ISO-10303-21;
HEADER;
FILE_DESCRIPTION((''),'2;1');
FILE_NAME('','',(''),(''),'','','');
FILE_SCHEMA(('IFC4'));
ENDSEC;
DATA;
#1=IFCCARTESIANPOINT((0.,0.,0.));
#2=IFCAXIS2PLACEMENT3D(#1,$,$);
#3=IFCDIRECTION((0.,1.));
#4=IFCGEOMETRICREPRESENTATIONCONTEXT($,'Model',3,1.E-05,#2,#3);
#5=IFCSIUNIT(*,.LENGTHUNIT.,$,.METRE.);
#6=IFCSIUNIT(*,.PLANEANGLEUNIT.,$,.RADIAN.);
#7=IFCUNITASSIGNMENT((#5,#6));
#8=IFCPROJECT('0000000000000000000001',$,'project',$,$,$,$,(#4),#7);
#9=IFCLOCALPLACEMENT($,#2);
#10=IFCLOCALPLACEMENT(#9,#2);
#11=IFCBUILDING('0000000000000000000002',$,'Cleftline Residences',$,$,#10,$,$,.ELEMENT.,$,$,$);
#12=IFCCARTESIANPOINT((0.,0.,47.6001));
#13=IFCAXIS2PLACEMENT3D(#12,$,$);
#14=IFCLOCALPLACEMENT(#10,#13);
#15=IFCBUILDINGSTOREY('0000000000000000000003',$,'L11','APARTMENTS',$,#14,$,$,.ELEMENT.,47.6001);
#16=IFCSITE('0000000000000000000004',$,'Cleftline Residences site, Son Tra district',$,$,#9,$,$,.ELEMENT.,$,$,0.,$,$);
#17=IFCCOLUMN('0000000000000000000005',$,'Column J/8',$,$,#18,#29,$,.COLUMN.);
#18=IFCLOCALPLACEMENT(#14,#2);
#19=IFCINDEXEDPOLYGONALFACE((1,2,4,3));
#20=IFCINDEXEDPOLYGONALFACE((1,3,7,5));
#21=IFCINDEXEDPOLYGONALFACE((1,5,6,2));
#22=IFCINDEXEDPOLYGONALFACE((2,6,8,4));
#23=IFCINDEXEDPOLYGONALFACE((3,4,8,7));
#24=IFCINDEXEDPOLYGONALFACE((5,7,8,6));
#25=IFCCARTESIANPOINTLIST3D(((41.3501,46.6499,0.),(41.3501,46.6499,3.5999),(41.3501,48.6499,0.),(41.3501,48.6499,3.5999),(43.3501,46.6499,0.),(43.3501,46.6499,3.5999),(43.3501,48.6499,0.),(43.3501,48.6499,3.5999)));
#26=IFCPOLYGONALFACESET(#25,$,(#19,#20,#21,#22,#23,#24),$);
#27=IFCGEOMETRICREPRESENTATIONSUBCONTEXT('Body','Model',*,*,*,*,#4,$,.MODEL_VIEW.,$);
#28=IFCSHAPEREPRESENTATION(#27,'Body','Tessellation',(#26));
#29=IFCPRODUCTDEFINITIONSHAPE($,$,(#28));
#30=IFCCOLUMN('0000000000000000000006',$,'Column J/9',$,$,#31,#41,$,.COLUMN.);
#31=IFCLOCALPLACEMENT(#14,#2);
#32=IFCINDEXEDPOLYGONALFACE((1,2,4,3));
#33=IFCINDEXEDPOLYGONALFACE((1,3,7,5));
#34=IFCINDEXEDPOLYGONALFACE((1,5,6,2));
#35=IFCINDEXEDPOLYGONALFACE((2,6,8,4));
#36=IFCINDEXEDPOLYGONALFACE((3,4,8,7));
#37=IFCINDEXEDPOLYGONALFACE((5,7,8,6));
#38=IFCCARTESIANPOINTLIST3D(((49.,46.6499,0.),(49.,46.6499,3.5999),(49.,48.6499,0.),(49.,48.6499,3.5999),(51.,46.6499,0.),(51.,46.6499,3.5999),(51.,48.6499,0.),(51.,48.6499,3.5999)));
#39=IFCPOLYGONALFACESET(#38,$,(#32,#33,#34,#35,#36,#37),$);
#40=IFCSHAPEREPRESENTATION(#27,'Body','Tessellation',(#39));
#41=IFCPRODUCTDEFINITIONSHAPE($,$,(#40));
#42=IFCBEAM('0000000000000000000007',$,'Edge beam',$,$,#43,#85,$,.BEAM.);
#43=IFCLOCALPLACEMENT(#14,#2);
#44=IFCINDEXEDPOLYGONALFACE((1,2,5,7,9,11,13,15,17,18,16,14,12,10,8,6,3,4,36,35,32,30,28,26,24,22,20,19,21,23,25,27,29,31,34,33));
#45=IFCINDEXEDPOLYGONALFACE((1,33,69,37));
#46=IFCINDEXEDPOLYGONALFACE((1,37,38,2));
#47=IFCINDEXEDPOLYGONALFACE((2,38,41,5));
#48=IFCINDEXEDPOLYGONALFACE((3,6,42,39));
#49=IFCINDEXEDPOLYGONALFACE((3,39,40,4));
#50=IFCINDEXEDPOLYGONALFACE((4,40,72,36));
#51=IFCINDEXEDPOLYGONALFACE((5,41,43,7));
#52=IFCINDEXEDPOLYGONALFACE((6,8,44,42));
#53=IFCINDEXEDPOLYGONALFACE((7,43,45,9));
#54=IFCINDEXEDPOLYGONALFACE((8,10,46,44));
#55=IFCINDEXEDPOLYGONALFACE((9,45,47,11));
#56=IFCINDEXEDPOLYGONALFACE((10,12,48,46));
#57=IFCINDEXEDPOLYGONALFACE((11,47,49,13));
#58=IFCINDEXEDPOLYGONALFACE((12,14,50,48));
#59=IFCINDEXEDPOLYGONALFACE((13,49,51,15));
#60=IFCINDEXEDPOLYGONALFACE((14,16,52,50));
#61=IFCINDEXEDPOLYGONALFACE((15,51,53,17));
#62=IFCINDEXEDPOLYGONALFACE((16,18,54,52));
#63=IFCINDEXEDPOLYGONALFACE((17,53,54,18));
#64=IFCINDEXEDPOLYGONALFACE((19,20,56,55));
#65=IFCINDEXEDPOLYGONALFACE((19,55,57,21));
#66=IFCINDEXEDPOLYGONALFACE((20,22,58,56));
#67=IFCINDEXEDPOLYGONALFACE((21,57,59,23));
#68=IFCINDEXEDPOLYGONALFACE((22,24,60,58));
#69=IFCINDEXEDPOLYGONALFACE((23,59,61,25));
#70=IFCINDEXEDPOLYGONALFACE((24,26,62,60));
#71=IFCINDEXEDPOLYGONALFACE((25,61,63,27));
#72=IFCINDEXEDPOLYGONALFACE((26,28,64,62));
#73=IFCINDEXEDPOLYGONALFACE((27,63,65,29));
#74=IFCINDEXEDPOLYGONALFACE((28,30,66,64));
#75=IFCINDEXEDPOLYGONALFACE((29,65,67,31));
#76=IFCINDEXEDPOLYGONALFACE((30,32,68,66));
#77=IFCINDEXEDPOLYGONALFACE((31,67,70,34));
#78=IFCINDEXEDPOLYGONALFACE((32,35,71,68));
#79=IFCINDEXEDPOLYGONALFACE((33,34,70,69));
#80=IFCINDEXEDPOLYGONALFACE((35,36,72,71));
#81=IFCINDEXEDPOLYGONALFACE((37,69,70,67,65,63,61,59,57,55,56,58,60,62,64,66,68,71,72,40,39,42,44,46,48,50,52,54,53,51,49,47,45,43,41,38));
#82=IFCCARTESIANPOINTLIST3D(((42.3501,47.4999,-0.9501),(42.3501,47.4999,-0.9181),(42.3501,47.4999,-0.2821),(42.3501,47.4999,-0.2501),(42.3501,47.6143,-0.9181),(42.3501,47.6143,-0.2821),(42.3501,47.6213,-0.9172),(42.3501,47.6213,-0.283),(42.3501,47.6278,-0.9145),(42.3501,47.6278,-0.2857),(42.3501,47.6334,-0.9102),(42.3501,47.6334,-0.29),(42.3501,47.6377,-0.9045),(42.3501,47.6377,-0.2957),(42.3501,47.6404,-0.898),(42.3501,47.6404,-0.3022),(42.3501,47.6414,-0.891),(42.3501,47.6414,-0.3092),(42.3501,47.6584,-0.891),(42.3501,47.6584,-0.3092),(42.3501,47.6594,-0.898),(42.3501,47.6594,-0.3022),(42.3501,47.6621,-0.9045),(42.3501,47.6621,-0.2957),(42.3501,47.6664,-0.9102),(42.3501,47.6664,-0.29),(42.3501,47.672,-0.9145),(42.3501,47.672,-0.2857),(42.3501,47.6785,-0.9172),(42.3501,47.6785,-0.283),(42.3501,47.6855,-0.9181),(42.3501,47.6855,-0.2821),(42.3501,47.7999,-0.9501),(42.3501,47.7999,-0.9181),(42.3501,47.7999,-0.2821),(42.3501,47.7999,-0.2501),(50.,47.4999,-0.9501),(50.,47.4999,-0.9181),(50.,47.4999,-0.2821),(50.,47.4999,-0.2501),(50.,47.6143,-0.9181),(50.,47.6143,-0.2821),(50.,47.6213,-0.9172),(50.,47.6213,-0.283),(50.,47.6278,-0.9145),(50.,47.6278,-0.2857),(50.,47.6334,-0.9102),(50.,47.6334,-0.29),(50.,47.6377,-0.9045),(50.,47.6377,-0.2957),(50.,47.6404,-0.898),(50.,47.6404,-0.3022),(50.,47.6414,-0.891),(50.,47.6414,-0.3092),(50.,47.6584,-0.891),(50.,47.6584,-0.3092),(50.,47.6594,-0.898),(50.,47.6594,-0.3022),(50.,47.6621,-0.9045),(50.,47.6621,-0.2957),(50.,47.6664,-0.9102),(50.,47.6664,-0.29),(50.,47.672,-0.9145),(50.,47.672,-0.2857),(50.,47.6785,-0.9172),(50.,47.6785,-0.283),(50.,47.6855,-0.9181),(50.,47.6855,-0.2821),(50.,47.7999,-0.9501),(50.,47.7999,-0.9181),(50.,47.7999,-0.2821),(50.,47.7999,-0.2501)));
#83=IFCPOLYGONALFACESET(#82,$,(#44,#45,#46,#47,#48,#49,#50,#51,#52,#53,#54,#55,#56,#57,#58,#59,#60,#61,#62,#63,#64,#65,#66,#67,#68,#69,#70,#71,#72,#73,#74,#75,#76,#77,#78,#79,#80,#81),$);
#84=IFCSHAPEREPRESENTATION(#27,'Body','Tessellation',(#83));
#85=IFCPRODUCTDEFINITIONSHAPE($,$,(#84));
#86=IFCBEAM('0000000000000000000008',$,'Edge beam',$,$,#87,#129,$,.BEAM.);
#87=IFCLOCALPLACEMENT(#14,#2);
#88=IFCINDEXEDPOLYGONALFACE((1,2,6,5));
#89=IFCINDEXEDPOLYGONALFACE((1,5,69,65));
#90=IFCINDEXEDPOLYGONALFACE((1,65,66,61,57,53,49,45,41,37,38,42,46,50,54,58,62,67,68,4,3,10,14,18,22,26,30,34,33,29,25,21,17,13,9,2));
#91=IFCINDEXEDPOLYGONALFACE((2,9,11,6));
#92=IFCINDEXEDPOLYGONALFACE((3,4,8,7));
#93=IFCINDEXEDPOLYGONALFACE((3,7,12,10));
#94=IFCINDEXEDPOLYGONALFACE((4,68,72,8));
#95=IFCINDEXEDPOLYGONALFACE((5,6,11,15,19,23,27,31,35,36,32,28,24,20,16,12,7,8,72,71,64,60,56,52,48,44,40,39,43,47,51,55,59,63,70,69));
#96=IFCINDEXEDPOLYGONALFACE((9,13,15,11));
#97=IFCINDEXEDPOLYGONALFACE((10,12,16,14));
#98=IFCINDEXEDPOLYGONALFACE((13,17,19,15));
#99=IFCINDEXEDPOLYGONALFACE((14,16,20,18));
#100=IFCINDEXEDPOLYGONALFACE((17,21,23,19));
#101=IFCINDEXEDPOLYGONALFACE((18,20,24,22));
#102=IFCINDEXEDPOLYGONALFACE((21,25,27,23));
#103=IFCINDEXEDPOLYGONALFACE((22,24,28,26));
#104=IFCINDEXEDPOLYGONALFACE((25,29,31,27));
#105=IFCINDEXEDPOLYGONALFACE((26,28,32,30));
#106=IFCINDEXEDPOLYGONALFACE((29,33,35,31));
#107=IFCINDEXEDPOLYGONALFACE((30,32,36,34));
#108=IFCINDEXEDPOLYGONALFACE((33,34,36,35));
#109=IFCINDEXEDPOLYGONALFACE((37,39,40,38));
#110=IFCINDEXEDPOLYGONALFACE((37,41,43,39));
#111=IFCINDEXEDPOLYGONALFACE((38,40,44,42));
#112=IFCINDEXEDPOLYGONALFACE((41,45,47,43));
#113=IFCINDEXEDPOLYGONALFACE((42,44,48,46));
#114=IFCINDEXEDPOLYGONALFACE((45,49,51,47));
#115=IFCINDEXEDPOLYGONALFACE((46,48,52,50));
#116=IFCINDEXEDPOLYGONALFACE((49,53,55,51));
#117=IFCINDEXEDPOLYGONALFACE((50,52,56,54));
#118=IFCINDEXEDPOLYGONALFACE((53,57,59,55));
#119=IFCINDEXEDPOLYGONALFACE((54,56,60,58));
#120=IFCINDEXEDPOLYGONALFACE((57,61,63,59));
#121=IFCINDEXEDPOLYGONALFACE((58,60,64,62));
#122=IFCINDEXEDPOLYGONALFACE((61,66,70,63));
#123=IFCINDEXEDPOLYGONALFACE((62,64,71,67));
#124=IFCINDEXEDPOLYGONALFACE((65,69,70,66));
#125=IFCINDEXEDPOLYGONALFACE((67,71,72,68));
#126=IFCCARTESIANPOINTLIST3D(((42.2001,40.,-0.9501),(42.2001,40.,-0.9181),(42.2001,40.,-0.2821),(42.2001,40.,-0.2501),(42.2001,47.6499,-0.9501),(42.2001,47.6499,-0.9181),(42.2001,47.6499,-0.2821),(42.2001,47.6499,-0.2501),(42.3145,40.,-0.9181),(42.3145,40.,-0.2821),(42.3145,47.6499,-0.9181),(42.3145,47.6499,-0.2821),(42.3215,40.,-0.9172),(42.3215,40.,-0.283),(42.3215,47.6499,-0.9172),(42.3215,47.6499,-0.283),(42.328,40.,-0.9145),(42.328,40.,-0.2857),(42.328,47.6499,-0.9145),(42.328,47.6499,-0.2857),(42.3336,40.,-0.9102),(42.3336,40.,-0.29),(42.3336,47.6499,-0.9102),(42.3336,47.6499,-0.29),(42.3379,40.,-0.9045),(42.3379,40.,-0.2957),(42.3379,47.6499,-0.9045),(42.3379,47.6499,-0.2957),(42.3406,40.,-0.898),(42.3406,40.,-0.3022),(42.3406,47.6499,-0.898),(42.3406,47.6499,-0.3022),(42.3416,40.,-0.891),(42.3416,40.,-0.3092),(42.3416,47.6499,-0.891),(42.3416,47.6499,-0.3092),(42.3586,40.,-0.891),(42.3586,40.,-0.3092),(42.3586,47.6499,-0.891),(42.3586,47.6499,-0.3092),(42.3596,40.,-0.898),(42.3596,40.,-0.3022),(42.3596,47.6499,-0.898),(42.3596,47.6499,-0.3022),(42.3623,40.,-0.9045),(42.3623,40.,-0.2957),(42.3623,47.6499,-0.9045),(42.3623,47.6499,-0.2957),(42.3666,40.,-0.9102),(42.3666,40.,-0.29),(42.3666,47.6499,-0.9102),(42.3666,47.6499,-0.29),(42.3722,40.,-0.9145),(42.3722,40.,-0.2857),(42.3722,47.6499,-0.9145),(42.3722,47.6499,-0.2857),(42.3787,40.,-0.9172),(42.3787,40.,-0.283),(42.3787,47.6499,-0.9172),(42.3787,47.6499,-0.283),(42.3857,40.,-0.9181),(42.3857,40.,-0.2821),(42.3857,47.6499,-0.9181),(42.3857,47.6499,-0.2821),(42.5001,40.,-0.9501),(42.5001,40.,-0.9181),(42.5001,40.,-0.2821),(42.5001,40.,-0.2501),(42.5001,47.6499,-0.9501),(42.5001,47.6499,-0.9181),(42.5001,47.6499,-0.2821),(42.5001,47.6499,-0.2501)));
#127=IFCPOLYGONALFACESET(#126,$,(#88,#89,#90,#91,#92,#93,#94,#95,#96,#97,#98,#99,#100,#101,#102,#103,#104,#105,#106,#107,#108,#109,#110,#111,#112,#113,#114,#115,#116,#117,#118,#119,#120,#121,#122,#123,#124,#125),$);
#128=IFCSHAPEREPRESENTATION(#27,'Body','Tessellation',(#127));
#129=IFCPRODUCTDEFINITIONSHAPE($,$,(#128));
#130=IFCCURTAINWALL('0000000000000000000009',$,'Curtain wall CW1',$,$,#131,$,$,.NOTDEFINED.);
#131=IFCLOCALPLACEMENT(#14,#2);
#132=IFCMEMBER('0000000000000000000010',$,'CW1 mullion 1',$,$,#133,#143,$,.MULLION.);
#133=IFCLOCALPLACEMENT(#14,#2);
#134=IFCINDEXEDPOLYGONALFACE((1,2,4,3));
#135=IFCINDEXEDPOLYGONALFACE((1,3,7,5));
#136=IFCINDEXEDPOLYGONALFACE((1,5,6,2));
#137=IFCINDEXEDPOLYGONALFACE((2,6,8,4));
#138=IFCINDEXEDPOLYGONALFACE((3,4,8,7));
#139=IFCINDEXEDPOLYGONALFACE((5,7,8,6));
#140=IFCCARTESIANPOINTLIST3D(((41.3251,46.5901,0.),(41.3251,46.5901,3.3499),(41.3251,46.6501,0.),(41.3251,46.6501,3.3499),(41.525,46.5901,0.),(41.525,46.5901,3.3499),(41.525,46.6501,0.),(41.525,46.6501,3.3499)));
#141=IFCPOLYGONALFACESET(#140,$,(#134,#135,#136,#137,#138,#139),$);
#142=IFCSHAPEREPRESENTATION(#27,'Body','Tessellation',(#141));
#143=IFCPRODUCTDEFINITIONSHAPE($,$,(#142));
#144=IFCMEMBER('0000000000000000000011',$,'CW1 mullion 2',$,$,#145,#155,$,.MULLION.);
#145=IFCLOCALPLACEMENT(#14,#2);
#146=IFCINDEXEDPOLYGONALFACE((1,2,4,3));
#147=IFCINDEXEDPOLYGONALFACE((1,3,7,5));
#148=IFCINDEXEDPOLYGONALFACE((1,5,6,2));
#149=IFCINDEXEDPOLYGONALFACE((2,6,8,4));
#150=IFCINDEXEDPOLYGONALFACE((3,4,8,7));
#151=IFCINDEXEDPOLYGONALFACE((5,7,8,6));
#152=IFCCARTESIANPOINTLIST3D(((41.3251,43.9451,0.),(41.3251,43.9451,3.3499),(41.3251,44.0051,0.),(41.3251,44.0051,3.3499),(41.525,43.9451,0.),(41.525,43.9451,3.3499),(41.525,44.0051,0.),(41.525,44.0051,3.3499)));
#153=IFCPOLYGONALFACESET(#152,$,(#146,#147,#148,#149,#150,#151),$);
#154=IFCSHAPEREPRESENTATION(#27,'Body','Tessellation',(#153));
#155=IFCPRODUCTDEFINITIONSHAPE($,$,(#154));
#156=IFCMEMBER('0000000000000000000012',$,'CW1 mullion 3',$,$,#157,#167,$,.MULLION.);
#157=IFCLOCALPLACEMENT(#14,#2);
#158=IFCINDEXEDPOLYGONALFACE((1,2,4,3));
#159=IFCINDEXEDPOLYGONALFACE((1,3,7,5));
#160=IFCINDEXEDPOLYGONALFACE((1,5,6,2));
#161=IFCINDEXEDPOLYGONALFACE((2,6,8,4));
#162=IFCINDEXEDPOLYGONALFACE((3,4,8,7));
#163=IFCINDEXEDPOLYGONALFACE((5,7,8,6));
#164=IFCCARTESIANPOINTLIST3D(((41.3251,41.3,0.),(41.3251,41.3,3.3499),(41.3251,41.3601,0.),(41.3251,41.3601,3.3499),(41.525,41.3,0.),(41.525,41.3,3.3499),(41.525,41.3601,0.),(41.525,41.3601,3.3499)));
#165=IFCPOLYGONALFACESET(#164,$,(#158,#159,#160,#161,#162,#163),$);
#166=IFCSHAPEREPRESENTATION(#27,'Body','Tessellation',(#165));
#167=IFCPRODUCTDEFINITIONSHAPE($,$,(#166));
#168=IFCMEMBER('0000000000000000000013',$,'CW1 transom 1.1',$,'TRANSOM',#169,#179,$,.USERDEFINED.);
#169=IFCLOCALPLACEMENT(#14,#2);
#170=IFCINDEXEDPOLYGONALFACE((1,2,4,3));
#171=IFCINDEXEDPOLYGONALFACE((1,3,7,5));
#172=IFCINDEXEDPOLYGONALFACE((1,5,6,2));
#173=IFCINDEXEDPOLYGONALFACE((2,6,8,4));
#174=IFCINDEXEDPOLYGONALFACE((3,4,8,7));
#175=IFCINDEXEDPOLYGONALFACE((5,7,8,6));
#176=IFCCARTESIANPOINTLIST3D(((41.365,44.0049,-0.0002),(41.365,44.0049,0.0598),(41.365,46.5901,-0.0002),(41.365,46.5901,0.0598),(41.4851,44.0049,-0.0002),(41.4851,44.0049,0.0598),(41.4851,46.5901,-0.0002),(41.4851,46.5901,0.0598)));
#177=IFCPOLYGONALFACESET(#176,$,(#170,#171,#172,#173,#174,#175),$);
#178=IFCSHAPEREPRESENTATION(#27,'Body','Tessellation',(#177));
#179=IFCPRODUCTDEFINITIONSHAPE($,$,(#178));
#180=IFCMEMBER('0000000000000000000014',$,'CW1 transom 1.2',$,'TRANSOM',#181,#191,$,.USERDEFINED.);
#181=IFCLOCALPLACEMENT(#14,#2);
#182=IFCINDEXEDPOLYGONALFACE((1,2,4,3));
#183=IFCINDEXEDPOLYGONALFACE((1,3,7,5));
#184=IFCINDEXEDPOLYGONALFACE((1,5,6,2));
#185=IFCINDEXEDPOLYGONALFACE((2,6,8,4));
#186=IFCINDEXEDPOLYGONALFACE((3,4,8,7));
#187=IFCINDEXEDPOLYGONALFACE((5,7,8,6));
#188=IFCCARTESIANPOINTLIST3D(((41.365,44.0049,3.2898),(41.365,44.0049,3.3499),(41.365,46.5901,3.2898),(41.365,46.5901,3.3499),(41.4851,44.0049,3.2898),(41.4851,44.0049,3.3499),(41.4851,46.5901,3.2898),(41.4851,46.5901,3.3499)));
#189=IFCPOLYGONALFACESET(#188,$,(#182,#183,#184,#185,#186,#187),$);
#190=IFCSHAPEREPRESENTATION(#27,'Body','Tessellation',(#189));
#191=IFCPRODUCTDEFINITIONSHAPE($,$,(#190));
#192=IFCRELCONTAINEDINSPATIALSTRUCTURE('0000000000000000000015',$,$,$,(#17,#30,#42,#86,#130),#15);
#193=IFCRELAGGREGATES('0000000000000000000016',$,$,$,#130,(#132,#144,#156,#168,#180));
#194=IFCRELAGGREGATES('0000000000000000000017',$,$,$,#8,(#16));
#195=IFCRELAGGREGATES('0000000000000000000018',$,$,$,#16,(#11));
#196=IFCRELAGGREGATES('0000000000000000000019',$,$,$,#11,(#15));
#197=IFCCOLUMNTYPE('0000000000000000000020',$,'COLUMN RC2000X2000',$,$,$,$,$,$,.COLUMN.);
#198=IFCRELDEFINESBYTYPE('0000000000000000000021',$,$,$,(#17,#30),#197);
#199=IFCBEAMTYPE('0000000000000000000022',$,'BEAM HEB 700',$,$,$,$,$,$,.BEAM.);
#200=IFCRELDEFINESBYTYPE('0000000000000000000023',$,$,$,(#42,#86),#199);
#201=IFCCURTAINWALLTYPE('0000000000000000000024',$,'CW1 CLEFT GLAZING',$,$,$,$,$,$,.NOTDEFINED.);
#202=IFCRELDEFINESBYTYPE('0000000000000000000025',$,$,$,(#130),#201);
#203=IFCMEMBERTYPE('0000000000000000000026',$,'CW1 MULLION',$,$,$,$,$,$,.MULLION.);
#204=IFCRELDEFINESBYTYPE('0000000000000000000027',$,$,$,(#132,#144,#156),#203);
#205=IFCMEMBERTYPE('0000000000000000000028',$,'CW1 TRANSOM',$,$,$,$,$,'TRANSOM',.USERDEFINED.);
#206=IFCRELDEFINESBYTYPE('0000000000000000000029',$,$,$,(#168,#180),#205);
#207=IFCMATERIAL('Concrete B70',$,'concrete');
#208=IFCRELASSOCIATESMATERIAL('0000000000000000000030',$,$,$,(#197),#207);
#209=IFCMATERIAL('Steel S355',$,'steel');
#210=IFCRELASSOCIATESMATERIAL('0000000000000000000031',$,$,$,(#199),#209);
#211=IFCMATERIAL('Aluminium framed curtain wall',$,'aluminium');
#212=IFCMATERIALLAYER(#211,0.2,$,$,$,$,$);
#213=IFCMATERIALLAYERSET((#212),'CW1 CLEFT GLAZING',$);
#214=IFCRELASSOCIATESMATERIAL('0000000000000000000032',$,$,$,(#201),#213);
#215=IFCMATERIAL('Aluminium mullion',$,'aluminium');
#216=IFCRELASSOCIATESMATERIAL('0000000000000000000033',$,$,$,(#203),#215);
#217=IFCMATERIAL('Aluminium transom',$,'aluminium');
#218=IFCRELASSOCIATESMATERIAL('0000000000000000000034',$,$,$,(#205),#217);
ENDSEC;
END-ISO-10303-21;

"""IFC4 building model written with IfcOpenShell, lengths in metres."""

from ifc_helpers import new_model, si_unit, direction, frame, origin, origin_2d, place, context, subcontext, project, spatial, rectangle, i_section, extrude, material, layer, layer_set, material_profile, profile_set, type_object, element, aggregate, save


model = new_model("IFC4")

# Units and contexts
model_context = context("Model", 3, precision=1e-05, world=origin(), true_north=direction((0.0, 1.0)))
body_context = subcontext(model_context, "Body", "Model", "MODEL_VIEW")
ifc_project = project(units=[si_unit("LENGTHUNIT", "METRE"), si_unit("PLANEANGLEUNIT", "RADIAN")], contexts=[model_context])

# Site, building, storey
site_placement = place(None, origin())
site = spatial("IfcSite", under=ifc_project, at=site_placement, Name="Cleftline Residences site, Son Tra district", CompositionType="ELEMENT", RefElevation=0.0)
building_placement = place(site_placement, origin())
building = spatial("IfcBuilding", under=site, at=building_placement, Name="Cleftline Residences", CompositionType="ELEMENT")
storey_placement = place(building_placement, frame((0.0, 0.0, 47.6001)))
storey = spatial("IfcBuildingStorey", under=building, at=storey_placement, Name="L11", Description="APARTMENTS", CompositionType="ELEMENT", Elevation=47.6001)

# Columns
ifc_material_1 = material(Name="Concrete B70", Category="concrete")
ifc_material_profile_1 = material_profile(ifc_material_1, rectangle(XDim=2.0, YDim=2.0, at=origin_2d()))
ifc_profile_set_1 = profile_set([ifc_material_profile_1], Name="Concrete B70")
column_type = type_object("IfcColumnType", Name="COLUMN RC2000X2000", PredefinedType="COLUMN", material=ifc_profile_set_1)
for number, where, z_axis, x_axis, name in (
    (1, (42.3501, 47.6499, 0.0), (0.0, 0.0, 1.0), (1.0, 0.0, 0.0), "Column J/8"),
    (2, (50.0, 47.6499, 0.0), (0.0, 0.0, 1.0), (1.0, 0.0, 0.0), "Column J/9"),
):
    element("IfcColumn", number, at=place(storey_placement, frame(where, z_axis=z_axis, x_axis=x_axis)), inside=storey, type_object=column_type, Name=name, PredefinedType="COLUMN", context=body_context, shape_type="SweptSolid", body=[
        extrude(rectangle(XDim=2.0, YDim=2.0, at=origin_2d()), origin(), (0.0, 0.0, 1.0), 3.5999),
    ])

# Beams
ifc_material_2 = material(Name="Steel S355", Category="steel")
ifc_material_profile_2 = material_profile(ifc_material_2, i_section(OverallWidth=0.3, OverallDepth=0.7, WebThickness=0.0171, FlangeThickness=0.032, FilletRadius=0.0271, at=origin_2d()))
ifc_profile_set_2 = profile_set([ifc_material_profile_2], Name="Steel S355")
beam_type = type_object("IfcBeamType", Name="BEAM HEB 700", PredefinedType="BEAM", material=ifc_profile_set_2)
for number, where, z_axis, x_axis, name in (
    (3, (50.0, 47.6499, -0.6001), (-1.0, 0.0, 0.0), (0.0, -1.0, 0.0), "Edge beam"),
    (4, (42.3501, 47.6499, -0.6001), (0.0, -1.0, 0.0), (1.0, 0.0, 0.0), "Edge beam"),
):
    element("IfcBeam", number, at=place(storey_placement, frame(where, z_axis=z_axis, x_axis=x_axis)), inside=storey, type_object=beam_type, Name=name, PredefinedType="BEAM", context=body_context, shape_type="SweptSolid", body=[
        extrude(i_section(OverallWidth=0.3, OverallDepth=0.7, WebThickness=0.0171, FlangeThickness=0.032, FilletRadius=0.0271, at=origin_2d()), origin(), (0.0, 0.0, 1.0), 7.6499),
    ])

# Curtain wall, members
ifc_material_3 = material(Name="Aluminium framed curtain wall", Category="aluminium")
ifc_layer_1 = layer(ifc_material_3, 0.2)
ifc_layer_set_1 = layer_set([ifc_layer_1], Name="CW1 CLEFT GLAZING")
curtain_wall_type = type_object("IfcCurtainWallType", Name="CW1 CLEFT GLAZING", PredefinedType="NOTDEFINED", material=ifc_layer_set_1)
curtain_wall_placement = place(storey_placement, origin())
curtain_wall = element("IfcCurtainWall", 5, at=curtain_wall_placement, inside=storey, type_object=curtain_wall_type, Name="Curtain wall CW1", PredefinedType="NOTDEFINED")
ifc_material_4 = material(Name="Aluminium mullion", Category="aluminium")
ifc_material_profile_3 = material_profile(ifc_material_4, rectangle(XDim=0.2, YDim=0.0601, at=origin_2d()))
ifc_profile_set_3 = profile_set([ifc_material_profile_3], Name="Aluminium mullion")
member_type_1 = type_object("IfcMemberType", Name="CW1 MULLION", PredefinedType="MULLION", material=ifc_profile_set_3)
member_1_placement = place(storey_placement, frame((41.425, 46.6201, 0.0), z_axis=(0.0, 0.0, 1.0), x_axis=(1.0, 0.0, 0.0)))
member_1 = element("IfcMember", 6, at=member_1_placement, type_object=member_type_1, Name="CW1 mullion 1", PredefinedType="MULLION", context=body_context, shape_type="SweptSolid", body=[
    extrude(rectangle(XDim=0.2, YDim=0.0601, at=origin_2d()), origin(), (0.0, 0.0, 1.0), 3.3499),
])
member_2_placement = place(storey_placement, frame((41.425, 43.9751, 0.0), z_axis=(0.0, 0.0, 1.0), x_axis=(1.0, 0.0, 0.0)))
member_2 = element("IfcMember", 7, at=member_2_placement, type_object=member_type_1, Name="CW1 mullion 2", PredefinedType="MULLION", context=body_context, shape_type="SweptSolid", body=[
    extrude(rectangle(XDim=0.2, YDim=0.0601, at=origin_2d()), origin(), (0.0, 0.0, 1.0), 3.3499),
])
member_3_placement = place(storey_placement, frame((41.425, 41.3301, 0.0), z_axis=(0.0, 0.0, 1.0), x_axis=(1.0, 0.0, 0.0)))
member_3 = element("IfcMember", 8, at=member_3_placement, type_object=member_type_1, Name="CW1 mullion 3", PredefinedType="MULLION", context=body_context, shape_type="SweptSolid", body=[
    extrude(rectangle(XDim=0.2, YDim=0.0601, at=origin_2d()), origin(), (0.0, 0.0, 1.0), 3.3499),
])
ifc_material_5 = material(Name="Aluminium transom", Category="aluminium")
ifc_material_profile_4 = material_profile(ifc_material_5, rectangle(XDim=0.1201, YDim=0.0601, at=origin_2d()))
ifc_profile_set_4 = profile_set([ifc_material_profile_4], Name="Aluminium transom")
member_type_2 = type_object("IfcMemberType", Name="CW1 TRANSOM", ElementType="TRANSOM", PredefinedType="USERDEFINED", material=ifc_profile_set_4)
member_4_placement = place(storey_placement, frame((41.425, 46.5901, 0.0298), z_axis=(0.0, -1.0, 0.0), x_axis=(1.0, 0.0, 0.0)))
member_4 = element("IfcMember", 9, at=member_4_placement, type_object=member_type_2, Name="CW1 transom 1.1", ObjectType="TRANSOM", PredefinedType="USERDEFINED", context=body_context, shape_type="SweptSolid", body=[
    extrude(rectangle(XDim=0.1201, YDim=0.0601, at=origin_2d()), origin(), (0.0, 0.0, 1.0), 2.5852),
])
member_5_placement = place(storey_placement, frame((41.425, 46.5901, 3.3198), z_axis=(0.0, -1.0, 0.0), x_axis=(1.0, 0.0, 0.0)))
member_5 = element("IfcMember", 10, at=member_5_placement, type_object=member_type_2, Name="CW1 transom 1.2", ObjectType="TRANSOM", PredefinedType="USERDEFINED", context=body_context, shape_type="SweptSolid", body=[
    extrude(rectangle(XDim=0.1201, YDim=0.0601, at=origin_2d()), origin(), (0.0, 0.0, 1.0), 2.5852),
])
aggregate(curtain_wall, [member_1, member_2, member_3, member_4, member_5])

save(model, "model.ifc")
